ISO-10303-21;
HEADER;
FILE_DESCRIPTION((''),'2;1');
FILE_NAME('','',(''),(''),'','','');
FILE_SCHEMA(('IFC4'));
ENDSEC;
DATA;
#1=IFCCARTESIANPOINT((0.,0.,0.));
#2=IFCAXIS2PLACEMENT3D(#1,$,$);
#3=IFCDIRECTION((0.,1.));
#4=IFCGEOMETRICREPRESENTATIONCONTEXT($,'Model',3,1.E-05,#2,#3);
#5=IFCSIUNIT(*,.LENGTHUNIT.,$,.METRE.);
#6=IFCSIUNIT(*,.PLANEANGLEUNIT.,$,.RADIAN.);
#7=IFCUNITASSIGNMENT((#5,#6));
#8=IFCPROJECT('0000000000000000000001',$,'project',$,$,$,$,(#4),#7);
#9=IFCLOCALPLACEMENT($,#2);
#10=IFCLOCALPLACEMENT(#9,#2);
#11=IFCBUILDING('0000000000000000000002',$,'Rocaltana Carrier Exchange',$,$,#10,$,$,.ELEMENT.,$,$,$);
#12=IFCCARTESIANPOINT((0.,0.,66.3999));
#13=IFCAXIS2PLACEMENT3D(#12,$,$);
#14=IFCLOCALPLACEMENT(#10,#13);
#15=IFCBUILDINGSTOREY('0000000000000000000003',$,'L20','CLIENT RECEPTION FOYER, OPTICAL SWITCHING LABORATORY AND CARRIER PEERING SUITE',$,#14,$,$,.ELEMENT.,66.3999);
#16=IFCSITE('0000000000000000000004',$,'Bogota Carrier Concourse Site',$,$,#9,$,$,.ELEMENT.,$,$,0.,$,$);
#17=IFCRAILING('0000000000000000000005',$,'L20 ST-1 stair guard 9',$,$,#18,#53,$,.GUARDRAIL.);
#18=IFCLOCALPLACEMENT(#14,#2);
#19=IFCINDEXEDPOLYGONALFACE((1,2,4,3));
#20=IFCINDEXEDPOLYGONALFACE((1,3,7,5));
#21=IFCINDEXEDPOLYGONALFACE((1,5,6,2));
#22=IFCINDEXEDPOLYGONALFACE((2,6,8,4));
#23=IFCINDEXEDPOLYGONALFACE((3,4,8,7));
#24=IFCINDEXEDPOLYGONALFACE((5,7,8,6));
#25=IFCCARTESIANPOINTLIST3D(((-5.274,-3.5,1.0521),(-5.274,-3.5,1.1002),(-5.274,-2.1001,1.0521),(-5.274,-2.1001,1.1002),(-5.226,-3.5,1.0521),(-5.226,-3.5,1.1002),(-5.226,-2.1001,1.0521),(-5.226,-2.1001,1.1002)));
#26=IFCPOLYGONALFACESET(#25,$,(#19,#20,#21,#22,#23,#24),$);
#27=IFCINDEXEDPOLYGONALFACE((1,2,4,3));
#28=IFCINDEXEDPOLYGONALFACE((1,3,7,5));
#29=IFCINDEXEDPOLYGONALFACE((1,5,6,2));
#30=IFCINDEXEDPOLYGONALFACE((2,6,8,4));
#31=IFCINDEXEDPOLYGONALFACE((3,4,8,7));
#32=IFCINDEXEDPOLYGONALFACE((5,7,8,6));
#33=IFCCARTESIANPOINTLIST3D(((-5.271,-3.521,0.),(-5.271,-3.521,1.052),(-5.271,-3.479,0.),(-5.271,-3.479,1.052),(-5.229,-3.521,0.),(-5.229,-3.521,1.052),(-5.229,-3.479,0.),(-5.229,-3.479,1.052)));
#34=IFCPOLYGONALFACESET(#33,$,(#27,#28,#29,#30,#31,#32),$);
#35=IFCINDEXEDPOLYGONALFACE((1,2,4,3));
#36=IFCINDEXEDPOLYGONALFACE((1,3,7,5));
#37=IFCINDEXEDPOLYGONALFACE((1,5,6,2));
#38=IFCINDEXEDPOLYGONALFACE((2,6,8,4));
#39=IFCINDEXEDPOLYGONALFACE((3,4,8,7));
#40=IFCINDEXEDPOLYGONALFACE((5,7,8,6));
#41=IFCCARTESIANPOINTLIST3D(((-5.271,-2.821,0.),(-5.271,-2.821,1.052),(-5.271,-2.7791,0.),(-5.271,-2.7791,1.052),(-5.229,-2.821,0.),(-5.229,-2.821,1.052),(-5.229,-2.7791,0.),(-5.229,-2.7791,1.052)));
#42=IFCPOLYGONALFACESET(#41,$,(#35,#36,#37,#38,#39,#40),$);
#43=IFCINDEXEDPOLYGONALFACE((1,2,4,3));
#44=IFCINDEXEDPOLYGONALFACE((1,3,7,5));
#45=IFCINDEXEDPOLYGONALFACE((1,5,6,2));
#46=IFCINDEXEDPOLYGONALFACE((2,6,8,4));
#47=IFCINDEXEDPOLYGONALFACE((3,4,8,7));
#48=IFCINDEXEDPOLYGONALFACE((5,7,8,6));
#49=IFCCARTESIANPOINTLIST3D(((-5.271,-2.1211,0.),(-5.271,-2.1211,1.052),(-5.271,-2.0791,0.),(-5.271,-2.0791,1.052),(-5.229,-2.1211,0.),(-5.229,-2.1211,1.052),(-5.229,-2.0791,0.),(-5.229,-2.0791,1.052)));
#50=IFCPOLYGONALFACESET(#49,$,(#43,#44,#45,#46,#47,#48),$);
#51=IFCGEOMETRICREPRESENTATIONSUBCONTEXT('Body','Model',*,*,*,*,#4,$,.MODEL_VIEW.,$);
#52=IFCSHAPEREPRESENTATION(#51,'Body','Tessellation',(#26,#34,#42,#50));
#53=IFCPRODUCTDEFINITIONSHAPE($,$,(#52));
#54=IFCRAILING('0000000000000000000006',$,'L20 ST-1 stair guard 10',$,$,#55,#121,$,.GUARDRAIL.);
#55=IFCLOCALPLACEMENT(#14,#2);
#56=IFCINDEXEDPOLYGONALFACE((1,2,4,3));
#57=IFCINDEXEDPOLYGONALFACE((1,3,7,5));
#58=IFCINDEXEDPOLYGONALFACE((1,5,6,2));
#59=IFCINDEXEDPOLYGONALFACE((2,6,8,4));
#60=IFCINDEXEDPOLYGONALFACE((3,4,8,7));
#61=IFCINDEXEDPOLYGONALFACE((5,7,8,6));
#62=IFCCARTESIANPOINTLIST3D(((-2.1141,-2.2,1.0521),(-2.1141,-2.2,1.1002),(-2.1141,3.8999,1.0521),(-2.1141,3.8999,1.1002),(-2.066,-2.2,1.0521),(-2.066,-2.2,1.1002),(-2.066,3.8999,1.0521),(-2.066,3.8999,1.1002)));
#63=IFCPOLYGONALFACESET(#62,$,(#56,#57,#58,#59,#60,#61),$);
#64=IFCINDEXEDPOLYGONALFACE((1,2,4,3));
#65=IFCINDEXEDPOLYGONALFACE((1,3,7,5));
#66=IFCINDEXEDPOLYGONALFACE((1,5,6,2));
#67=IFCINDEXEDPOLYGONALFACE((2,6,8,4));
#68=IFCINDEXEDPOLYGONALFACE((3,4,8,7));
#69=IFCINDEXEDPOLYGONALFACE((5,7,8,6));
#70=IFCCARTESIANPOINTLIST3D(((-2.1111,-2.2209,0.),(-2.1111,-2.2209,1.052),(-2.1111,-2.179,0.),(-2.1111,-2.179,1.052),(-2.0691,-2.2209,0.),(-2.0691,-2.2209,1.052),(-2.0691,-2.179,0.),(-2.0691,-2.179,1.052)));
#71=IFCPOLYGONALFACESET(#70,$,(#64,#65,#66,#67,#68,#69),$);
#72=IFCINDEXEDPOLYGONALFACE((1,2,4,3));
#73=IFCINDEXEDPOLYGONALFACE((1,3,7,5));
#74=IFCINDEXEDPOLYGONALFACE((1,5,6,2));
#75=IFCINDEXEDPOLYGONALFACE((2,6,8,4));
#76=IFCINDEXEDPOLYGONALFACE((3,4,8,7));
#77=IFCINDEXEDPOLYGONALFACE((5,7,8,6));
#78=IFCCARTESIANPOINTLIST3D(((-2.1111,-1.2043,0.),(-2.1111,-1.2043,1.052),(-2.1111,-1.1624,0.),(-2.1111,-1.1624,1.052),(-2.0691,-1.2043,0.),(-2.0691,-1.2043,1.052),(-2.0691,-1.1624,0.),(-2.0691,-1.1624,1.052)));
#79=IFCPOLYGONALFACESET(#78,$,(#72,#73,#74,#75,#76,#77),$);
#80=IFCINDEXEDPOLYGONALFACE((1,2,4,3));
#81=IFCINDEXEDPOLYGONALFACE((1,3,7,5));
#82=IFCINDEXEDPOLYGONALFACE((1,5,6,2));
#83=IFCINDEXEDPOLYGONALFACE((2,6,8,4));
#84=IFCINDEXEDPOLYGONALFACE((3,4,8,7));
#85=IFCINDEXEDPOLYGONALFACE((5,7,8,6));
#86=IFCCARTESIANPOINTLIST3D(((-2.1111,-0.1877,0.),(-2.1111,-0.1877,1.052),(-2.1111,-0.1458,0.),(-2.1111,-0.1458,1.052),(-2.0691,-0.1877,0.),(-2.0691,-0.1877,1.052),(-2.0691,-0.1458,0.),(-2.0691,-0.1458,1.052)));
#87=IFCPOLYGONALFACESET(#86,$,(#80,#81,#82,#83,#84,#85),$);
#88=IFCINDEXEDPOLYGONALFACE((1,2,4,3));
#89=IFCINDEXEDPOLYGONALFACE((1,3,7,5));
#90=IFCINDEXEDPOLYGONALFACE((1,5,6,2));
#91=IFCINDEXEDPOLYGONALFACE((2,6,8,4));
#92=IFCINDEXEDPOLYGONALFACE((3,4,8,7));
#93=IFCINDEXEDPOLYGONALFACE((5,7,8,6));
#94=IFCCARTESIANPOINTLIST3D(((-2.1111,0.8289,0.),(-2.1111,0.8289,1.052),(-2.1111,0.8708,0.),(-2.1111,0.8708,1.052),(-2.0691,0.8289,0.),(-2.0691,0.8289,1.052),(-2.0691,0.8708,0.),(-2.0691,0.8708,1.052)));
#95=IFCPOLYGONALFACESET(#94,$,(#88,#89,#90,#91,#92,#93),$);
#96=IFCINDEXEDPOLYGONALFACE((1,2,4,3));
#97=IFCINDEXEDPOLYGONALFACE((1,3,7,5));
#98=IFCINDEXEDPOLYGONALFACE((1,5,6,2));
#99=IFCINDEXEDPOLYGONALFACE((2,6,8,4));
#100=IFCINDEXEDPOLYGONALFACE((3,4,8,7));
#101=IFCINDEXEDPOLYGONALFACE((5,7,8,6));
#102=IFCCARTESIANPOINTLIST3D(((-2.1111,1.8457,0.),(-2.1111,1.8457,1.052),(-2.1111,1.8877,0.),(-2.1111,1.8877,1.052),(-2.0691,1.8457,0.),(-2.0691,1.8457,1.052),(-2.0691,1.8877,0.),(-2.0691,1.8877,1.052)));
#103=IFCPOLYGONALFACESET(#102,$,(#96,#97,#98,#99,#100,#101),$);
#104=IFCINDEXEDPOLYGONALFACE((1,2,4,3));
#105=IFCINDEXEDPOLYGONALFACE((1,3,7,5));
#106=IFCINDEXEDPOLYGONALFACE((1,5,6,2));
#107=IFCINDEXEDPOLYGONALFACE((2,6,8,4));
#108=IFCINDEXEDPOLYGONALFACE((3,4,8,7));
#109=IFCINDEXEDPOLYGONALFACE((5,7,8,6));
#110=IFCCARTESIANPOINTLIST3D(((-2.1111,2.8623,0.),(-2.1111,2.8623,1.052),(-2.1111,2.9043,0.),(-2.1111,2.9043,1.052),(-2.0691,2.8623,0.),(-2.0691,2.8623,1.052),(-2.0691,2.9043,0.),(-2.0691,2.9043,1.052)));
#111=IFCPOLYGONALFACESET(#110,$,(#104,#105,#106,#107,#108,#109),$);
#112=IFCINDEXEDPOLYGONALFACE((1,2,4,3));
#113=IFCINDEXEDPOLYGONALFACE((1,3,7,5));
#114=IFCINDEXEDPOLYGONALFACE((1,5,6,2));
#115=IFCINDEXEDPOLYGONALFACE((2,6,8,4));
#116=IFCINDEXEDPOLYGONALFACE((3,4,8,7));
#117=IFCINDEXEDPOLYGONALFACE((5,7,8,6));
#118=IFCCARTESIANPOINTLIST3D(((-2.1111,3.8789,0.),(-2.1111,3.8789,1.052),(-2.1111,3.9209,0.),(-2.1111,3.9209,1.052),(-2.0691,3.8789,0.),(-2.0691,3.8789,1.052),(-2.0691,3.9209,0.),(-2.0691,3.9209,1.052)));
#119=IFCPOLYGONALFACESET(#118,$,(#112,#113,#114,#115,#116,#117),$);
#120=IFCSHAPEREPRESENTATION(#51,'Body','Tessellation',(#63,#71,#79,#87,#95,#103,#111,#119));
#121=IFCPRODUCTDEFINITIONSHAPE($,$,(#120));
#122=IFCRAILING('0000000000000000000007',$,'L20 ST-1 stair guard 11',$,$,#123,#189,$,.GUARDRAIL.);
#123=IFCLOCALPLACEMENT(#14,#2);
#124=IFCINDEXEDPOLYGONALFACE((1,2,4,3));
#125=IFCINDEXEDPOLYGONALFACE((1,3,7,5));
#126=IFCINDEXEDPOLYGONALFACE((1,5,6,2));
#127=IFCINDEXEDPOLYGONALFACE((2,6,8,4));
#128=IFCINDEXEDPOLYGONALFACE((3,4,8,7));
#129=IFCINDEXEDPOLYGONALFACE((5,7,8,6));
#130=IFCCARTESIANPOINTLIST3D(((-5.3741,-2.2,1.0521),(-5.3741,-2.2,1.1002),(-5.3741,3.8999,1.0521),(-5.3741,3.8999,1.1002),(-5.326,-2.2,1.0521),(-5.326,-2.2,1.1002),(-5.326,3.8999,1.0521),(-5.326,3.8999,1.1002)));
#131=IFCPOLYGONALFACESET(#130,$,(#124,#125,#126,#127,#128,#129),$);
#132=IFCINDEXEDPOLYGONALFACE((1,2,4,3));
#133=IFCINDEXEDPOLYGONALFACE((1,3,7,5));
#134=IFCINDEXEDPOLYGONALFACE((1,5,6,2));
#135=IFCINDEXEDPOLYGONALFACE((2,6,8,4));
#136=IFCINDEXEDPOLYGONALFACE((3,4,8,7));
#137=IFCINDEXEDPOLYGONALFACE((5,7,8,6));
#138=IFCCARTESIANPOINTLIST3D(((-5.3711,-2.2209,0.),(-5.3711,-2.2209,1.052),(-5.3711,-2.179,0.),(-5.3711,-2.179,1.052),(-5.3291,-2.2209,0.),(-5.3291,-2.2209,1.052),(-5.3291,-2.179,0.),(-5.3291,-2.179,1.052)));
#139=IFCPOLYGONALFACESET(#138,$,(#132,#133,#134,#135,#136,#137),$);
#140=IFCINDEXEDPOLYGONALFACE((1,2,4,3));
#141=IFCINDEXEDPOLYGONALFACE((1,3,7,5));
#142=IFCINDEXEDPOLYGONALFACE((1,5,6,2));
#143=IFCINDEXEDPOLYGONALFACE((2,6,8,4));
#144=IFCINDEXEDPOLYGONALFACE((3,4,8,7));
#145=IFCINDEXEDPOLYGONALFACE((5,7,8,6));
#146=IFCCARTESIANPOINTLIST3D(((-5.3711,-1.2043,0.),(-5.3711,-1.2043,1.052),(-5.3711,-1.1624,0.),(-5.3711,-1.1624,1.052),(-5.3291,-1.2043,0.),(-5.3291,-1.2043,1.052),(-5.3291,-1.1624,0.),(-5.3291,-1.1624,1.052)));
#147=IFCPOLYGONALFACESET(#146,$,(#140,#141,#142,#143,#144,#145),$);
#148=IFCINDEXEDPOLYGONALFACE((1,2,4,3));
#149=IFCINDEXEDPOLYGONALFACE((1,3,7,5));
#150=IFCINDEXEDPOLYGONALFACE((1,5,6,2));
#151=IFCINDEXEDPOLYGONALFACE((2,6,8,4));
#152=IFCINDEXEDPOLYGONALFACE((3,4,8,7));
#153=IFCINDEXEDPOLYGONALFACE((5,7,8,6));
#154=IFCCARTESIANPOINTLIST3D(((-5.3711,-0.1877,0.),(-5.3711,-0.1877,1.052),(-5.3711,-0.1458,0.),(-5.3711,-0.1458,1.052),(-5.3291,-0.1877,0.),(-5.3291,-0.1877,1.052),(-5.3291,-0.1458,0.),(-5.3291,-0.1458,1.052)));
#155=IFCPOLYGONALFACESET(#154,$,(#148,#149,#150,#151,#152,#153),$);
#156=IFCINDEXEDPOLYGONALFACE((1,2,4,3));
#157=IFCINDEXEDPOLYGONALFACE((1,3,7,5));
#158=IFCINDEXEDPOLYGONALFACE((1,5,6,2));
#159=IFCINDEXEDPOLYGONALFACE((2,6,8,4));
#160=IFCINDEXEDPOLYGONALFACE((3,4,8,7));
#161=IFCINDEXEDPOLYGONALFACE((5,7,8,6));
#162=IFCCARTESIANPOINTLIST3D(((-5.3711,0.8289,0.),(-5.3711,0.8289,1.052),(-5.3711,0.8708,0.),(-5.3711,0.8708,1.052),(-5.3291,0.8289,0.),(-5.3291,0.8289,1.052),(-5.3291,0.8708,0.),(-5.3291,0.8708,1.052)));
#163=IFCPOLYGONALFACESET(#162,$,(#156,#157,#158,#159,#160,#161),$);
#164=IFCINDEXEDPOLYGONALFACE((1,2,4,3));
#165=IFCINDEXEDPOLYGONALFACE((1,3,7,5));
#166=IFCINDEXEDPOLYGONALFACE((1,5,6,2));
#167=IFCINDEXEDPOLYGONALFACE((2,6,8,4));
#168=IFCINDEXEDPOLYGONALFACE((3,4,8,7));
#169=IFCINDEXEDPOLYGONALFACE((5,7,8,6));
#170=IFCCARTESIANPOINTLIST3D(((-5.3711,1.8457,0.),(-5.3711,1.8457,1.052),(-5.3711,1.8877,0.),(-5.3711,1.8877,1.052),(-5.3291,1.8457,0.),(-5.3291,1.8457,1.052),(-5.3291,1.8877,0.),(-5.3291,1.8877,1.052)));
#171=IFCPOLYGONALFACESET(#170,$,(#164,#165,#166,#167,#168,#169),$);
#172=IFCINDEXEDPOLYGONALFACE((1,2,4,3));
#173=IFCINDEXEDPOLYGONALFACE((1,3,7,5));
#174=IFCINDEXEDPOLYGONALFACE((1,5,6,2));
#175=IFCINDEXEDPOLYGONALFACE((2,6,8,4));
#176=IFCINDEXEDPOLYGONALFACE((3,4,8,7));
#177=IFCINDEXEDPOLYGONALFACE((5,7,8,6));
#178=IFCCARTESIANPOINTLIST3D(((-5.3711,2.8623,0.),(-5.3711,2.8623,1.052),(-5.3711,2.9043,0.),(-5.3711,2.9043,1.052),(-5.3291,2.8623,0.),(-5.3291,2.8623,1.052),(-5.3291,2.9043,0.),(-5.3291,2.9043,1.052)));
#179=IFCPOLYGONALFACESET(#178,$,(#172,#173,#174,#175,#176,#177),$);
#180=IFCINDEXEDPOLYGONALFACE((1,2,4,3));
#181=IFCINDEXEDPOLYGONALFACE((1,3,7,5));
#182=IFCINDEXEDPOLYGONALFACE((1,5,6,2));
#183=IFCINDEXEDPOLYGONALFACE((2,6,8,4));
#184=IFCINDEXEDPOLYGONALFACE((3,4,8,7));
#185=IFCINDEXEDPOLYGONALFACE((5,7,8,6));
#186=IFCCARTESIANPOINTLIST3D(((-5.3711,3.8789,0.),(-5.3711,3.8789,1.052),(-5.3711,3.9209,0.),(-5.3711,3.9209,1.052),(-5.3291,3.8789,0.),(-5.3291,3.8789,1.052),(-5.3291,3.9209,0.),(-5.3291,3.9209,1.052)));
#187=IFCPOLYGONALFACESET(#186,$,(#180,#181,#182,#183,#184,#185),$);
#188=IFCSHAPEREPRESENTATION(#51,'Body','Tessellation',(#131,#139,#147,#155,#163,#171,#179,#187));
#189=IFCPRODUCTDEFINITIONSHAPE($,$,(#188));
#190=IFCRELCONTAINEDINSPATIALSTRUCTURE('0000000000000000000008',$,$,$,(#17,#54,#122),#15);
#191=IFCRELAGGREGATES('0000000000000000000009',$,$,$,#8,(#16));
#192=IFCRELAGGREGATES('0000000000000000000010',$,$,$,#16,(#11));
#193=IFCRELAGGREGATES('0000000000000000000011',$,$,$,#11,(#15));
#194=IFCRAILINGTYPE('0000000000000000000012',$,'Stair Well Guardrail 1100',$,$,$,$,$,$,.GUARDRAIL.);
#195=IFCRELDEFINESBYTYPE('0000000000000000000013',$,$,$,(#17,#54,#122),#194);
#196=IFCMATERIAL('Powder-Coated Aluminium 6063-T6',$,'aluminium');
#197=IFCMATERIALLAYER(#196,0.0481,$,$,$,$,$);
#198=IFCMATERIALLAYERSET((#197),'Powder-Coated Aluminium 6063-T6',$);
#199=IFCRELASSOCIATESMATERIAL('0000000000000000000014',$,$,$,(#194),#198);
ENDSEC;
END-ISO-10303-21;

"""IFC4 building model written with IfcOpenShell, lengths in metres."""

from ifc_helpers import new_model, si_unit, direction, frame, origin, origin_2d, place, context, subcontext, project, spatial, rectangle, extrude, material, layer, layer_set, type_object, element, save


model = new_model("IFC4")

# Units and contexts
model_context = context("Model", 3, precision=1e-05, world=origin(), true_north=direction((0.0, 1.0)))
body_context = subcontext(model_context, "Body", "Model", "MODEL_VIEW")
ifc_project = project(units=[si_unit("LENGTHUNIT", "METRE"), si_unit("PLANEANGLEUNIT", "RADIAN")], contexts=[model_context])

# Site, building, storey
site_placement = place(None, origin())
site = spatial("IfcSite", under=ifc_project, at=site_placement, Name="Bogota Carrier Concourse Site", CompositionType="ELEMENT", RefElevation=0.0)
building_placement = place(site_placement, origin())
building = spatial("IfcBuilding", under=site, at=building_placement, Name="Rocaltana Carrier Exchange", CompositionType="ELEMENT")
storey_placement = place(building_placement, frame((0.0, 0.0, 66.3999)))
storey = spatial("IfcBuildingStorey", under=building, at=storey_placement, Name="L20", Description="CLIENT RECEPTION FOYER, OPTICAL SWITCHING LABORATORY AND CARRIER PEERING SUITE", CompositionType="ELEMENT", Elevation=66.3999)

# Railings
ifc_material_1 = material(Name="Powder-Coated Aluminium 6063-T6", Category="aluminium")
ifc_layer_1 = layer(ifc_material_1, 0.0481)
ifc_layer_set_1 = layer_set([ifc_layer_1], Name="Powder-Coated Aluminium 6063-T6")
railing_type_1 = type_object("IfcRailingType", Name="Stair Well Guardrail 1100", PredefinedType="GUARDRAIL", material=ifc_layer_set_1)
for number, where, name in (
    (1, (-5.25, -3.5, 0.0), "L20 ST-1 stair guard 9"),
):
    element("IfcRailing", number, at=place(storey_placement, frame(where)), inside=storey, type_object=railing_type_1, Name=name, PredefinedType="GUARDRAIL", context=body_context, shape_type="SweptSolid", body=[
        extrude(rectangle(XDim=0.0481, YDim=0.0481, at=origin_2d()), frame((0.0, 0.0, 1.0762), z_axis=(0.0, 1.0, 0.0), x_axis=(-1.0, 0.0, 0.0)), (0.0, 0.0, 1.0), 1.3999),
        extrude(rectangle(XDim=0.042, YDim=0.042, at=origin_2d()), origin(), (0.0, 0.0, 1.0), 1.052),
        extrude(rectangle(XDim=0.042, YDim=0.042, at=origin_2d()), frame((0.0, 0.7, 0.0)), (0.0, 0.0, 1.0), 1.052),
        extrude(rectangle(XDim=0.042, YDim=0.042, at=origin_2d()), frame((0.0, 1.3999, 0.0)), (0.0, 0.0, 1.0), 1.052),
    ])
for number, where, name in (
    (2, (-2.0901, -2.2, 0.0), "L20 ST-1 stair guard 10"),
    (3, (-5.3501, -2.2, 0.0), "L20 ST-1 stair guard 11"),
):
    element("IfcRailing", number, at=place(storey_placement, frame(where)), inside=storey, type_object=railing_type_1, Name=name, PredefinedType="GUARDRAIL", context=body_context, shape_type="SweptSolid", body=[
        extrude(rectangle(XDim=0.0481, YDim=0.0481, at=origin_2d()), frame((0.0, 0.0, 1.0762), z_axis=(0.0, 1.0, 0.0), x_axis=(-1.0, 0.0, 0.0)), (0.0, 0.0, 1.0), 6.0999),
        extrude(rectangle(XDim=0.042, YDim=0.042, at=origin_2d()), origin(), (0.0, 0.0, 1.0), 1.052),
        extrude(rectangle(XDim=0.042, YDim=0.042, at=origin_2d()), frame((0.0, 1.0166, 0.0)), (0.0, 0.0, 1.0), 1.052),
        extrude(rectangle(XDim=0.042, YDim=0.042, at=origin_2d()), frame((0.0, 2.0332, 0.0)), (0.0, 0.0, 1.0), 1.052),
        extrude(rectangle(XDim=0.042, YDim=0.042, at=origin_2d()), frame((0.0, 3.0498, 0.0)), (0.0, 0.0, 1.0), 1.052),
        extrude(rectangle(XDim=0.042, YDim=0.042, at=origin_2d()), frame((0.0, 4.0667, 0.0)), (0.0, 0.0, 1.0), 1.052),
        extrude(rectangle(XDim=0.042, YDim=0.042, at=origin_2d()), frame((0.0, 5.0833, 0.0)), (0.0, 0.0, 1.0), 1.052),
        extrude(rectangle(XDim=0.042, YDim=0.042, at=origin_2d()), frame((0.0, 6.0999, 0.0)), (0.0, 0.0, 1.0), 1.052),
    ])

save(model, "model.ifc")
